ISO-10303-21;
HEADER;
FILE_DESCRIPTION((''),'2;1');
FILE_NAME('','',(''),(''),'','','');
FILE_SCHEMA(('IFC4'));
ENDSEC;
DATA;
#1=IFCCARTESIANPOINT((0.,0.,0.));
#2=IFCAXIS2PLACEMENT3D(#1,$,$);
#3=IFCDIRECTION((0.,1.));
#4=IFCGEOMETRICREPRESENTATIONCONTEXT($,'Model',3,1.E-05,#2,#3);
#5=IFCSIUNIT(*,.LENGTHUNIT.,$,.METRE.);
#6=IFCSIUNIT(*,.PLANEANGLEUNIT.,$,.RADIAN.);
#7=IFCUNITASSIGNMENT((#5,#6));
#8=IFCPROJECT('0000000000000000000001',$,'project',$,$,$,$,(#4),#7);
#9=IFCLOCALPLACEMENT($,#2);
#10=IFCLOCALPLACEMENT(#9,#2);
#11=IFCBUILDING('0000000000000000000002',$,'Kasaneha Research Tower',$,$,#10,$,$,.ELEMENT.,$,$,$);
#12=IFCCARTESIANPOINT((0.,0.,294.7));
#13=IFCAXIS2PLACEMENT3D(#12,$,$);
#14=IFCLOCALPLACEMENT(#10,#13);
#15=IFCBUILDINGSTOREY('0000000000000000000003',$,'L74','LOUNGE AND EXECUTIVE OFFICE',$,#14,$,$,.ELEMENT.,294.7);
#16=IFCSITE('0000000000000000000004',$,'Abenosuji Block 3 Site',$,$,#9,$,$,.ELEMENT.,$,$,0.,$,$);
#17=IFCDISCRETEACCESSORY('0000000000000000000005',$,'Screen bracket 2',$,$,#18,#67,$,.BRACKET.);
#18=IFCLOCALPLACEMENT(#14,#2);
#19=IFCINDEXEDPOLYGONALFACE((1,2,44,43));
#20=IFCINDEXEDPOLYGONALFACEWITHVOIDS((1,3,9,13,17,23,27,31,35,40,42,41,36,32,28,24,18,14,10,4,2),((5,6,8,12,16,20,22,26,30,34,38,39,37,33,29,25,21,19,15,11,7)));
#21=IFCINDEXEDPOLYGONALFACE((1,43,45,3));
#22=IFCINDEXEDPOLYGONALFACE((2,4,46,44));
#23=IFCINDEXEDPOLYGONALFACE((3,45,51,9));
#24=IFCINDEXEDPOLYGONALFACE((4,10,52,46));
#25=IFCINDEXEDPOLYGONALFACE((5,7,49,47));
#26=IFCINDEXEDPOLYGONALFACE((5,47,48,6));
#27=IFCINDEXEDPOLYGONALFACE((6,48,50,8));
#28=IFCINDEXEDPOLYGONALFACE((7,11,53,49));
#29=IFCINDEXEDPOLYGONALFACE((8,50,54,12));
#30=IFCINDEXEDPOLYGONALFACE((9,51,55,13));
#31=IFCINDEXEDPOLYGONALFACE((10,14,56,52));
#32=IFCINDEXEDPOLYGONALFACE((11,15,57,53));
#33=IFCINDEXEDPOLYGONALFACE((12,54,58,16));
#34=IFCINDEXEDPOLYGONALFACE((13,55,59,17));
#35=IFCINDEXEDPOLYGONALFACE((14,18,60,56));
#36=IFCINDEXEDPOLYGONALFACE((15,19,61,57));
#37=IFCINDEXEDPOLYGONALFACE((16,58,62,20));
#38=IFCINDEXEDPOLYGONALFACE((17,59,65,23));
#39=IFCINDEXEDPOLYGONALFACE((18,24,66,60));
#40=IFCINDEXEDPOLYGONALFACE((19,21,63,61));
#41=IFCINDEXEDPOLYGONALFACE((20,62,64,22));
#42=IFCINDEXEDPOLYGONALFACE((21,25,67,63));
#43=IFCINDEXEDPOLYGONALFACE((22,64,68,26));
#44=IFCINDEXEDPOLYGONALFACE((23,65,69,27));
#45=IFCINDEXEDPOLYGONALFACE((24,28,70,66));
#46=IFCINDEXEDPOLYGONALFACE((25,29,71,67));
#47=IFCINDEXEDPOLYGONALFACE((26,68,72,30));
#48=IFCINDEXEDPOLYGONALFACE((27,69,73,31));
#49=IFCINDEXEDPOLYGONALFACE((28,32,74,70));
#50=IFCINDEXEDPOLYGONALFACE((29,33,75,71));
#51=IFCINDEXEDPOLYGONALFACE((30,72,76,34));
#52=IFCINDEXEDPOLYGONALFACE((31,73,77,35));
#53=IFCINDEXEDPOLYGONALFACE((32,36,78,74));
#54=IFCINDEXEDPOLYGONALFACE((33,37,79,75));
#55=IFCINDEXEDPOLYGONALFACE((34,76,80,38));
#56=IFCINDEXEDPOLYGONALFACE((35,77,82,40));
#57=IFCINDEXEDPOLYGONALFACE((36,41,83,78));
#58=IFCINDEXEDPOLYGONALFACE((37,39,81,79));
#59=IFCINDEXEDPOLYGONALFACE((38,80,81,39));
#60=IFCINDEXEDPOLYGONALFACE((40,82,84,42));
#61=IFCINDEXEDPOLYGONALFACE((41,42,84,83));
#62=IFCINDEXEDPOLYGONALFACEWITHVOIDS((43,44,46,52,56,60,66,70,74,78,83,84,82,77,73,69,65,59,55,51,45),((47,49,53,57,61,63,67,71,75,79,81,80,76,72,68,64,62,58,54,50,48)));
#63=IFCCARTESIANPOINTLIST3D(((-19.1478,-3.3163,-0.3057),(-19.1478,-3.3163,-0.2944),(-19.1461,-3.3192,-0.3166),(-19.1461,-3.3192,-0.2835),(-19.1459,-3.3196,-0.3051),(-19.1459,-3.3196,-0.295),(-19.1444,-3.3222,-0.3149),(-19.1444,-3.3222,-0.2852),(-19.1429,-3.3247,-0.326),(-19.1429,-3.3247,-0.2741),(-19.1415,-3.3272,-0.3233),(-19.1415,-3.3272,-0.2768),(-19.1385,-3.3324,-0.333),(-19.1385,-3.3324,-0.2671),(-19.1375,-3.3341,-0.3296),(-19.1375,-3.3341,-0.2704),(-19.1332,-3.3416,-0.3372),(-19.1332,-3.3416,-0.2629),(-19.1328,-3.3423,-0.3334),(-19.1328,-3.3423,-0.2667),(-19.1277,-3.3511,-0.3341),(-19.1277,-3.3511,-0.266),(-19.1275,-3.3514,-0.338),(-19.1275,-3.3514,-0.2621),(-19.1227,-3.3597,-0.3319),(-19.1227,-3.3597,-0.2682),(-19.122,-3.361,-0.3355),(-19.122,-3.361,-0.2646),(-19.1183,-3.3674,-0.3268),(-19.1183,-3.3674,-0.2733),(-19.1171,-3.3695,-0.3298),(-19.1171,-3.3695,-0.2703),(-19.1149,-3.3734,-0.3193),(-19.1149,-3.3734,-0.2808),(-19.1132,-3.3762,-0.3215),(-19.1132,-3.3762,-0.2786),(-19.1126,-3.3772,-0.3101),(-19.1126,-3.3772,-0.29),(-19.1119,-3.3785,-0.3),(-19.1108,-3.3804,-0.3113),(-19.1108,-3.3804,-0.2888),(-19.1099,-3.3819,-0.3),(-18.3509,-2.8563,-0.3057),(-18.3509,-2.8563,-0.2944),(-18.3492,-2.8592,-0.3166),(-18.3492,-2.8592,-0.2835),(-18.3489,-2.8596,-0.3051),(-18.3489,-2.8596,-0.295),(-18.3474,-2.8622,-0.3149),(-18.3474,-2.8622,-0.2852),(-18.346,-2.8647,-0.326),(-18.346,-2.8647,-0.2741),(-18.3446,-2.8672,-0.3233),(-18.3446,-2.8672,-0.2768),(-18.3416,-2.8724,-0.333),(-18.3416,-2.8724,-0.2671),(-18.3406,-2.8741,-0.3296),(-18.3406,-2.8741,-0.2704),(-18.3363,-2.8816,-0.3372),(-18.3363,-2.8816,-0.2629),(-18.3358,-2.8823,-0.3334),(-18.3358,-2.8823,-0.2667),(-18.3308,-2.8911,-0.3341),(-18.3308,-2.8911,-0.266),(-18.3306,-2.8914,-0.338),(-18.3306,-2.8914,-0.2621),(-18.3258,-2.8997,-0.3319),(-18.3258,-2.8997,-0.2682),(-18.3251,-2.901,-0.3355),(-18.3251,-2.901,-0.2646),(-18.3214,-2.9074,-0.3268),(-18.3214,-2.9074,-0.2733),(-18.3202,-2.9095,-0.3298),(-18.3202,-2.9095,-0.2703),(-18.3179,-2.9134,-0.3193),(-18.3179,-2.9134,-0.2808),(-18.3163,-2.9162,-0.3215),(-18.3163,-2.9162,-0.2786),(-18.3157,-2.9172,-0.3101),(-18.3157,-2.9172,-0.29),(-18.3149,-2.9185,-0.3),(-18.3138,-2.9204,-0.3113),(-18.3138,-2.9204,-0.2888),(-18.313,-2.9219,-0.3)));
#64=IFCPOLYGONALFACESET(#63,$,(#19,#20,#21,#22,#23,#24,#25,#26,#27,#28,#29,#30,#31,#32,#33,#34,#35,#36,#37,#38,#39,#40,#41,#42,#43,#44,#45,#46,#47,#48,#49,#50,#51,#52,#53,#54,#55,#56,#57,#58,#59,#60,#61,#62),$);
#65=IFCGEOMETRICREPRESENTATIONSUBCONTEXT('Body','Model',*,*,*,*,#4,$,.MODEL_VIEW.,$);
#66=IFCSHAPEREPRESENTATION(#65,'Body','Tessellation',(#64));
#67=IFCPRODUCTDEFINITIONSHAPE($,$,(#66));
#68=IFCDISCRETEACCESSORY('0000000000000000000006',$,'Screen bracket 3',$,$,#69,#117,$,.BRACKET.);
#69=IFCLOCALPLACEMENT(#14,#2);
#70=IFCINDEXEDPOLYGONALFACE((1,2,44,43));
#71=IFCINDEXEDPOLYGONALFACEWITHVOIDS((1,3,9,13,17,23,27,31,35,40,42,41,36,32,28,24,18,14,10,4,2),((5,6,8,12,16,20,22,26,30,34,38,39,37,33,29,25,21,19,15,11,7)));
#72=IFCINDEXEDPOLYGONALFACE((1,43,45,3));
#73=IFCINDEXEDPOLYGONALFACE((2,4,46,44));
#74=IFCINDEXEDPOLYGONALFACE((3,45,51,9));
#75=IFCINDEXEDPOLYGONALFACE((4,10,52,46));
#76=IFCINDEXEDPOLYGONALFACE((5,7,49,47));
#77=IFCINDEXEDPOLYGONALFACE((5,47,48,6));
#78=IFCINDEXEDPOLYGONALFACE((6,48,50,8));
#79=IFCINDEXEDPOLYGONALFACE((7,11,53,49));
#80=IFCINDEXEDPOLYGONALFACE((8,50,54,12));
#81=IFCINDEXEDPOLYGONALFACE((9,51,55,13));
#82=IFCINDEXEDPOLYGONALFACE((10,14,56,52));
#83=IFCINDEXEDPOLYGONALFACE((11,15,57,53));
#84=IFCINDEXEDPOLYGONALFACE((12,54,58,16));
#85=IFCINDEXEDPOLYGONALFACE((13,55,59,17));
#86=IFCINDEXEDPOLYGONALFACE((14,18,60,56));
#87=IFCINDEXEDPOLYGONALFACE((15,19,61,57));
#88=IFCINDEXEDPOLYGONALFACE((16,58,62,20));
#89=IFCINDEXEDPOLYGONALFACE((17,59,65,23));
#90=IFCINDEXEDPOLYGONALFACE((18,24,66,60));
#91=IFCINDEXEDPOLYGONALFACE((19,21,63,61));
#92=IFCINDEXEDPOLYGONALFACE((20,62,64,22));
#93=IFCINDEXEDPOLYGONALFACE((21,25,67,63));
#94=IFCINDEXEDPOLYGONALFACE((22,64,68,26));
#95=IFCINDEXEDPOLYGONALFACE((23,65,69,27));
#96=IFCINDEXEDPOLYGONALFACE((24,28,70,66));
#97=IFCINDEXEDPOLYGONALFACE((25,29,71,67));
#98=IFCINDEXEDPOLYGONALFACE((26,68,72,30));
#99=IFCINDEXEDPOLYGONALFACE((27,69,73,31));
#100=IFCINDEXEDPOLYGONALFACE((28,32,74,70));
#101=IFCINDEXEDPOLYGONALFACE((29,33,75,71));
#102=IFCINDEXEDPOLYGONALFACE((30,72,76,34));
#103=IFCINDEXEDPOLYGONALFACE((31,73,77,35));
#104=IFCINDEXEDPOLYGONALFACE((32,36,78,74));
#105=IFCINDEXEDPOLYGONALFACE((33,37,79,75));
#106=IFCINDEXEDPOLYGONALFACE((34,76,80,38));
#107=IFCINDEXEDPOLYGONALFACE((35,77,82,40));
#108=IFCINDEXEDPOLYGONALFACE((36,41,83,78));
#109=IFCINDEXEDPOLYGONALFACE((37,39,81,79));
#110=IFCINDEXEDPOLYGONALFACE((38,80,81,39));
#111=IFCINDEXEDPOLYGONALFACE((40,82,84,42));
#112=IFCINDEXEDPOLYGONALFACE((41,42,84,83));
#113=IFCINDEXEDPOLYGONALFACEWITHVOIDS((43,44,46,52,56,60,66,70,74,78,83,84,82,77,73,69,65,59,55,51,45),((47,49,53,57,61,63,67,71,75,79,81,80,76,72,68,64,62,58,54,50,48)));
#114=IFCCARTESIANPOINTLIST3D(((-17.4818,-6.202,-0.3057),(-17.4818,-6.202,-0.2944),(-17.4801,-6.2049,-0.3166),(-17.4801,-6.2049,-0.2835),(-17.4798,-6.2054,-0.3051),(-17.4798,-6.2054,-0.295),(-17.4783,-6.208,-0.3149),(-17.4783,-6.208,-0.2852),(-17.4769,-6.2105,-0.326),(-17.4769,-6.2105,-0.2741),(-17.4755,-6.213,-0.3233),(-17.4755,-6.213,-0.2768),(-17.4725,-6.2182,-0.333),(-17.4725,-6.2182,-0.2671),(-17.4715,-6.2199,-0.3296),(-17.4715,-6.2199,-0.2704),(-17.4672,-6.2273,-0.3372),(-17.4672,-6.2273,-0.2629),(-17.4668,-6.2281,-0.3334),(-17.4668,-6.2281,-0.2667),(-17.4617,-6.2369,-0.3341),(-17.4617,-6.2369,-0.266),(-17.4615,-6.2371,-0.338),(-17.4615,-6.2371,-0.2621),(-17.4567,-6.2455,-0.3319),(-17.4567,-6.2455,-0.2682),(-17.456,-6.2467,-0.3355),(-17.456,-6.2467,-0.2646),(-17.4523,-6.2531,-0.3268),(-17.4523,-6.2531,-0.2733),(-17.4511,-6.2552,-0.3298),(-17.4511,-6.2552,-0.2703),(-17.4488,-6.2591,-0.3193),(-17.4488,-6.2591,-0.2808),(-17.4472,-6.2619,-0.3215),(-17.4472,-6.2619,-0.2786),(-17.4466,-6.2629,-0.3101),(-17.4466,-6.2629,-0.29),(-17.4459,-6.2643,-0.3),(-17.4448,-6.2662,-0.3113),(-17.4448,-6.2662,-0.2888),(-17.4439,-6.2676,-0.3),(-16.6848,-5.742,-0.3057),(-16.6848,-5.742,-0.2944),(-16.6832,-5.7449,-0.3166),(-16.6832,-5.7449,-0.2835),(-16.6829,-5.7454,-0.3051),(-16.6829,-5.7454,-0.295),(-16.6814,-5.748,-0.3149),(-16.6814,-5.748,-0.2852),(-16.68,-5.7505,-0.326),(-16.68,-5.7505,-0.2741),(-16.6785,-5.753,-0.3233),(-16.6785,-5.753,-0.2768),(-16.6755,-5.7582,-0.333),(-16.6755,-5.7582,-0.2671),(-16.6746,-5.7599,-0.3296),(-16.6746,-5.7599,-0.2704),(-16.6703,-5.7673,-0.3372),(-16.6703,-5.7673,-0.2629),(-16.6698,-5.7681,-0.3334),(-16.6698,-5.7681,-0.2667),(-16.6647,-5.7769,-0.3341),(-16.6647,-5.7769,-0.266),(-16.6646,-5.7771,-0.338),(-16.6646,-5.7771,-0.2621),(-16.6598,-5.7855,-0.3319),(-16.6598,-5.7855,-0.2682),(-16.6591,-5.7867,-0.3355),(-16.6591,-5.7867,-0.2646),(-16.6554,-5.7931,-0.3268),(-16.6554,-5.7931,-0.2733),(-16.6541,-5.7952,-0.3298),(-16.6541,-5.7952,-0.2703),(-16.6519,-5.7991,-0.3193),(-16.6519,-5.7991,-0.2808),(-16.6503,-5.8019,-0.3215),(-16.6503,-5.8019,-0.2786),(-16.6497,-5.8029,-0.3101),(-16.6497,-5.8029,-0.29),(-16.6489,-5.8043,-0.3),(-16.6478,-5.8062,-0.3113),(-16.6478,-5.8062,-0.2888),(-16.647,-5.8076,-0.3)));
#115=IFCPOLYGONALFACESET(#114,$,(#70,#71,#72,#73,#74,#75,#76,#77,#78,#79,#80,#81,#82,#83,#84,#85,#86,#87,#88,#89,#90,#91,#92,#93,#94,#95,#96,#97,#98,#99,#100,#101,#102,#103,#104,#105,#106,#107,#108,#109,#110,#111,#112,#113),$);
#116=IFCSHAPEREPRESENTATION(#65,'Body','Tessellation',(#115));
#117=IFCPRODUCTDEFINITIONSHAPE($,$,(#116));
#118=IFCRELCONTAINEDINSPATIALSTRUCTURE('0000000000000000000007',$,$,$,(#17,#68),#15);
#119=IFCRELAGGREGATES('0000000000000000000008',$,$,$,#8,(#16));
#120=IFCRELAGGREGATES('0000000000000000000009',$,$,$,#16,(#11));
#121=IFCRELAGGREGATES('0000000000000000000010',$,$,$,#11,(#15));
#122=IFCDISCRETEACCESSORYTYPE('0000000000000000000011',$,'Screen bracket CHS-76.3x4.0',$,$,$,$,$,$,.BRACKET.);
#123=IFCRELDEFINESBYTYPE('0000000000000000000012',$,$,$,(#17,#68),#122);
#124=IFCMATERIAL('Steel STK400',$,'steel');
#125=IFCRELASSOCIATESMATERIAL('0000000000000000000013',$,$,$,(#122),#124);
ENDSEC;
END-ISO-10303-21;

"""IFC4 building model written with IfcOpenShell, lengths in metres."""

from ifc_helpers import new_model, si_unit, direction, frame, origin, origin_2d, place, context, subcontext, project, spatial, hollow_circle, extrude, material, material_profile, profile_set, type_object, element, save


model = new_model("IFC4")

# Units and contexts
model_context = context("Model", 3, precision=1e-05, world=origin(), true_north=direction((0.0, 1.0)))
body_context = subcontext(model_context, "Body", "Model", "MODEL_VIEW")
ifc_project = project(units=[si_unit("LENGTHUNIT", "METRE"), si_unit("PLANEANGLEUNIT", "RADIAN")], contexts=[model_context])

# Site, building, storey
site_placement = place(None, origin())
site = spatial("IfcSite", under=ifc_project, at=site_placement, Name="Abenosuji Block 3 Site", CompositionType="ELEMENT", RefElevation=0.0)
building_placement = place(site_placement, origin())
building = spatial("IfcBuilding", under=site, at=building_placement, Name="Kasaneha Research Tower", CompositionType="ELEMENT")
storey_placement = place(building_placement, frame((0.0, 0.0, 294.7)))
storey = spatial("IfcBuildingStorey", under=building, at=storey_placement, Name="L74", Description="LOUNGE AND EXECUTIVE OFFICE", CompositionType="ELEMENT", Elevation=294.7)

# Discrete accessories
ifc_material_1 = material(Name="Steel STK400", Category="steel")
ifc_material_profile_1 = material_profile(ifc_material_1, hollow_circle(Radius=0.0381, WallThickness=0.0039, at=origin_2d()), Name="CHS-76.3x4.0")
ifc_profile_set_1 = profile_set([ifc_material_profile_1], Name="Steel STK400")
discrete_accessory_type = type_object("IfcDiscreteAccessoryType", Name="Screen bracket CHS-76.3x4.0", PredefinedType="BRACKET", material=ifc_profile_set_1)
for number, where, z_axis, x_axis, name in (
    (1, (-18.332, -2.8889, -0.3), (-0.86608, -0.499906, 0.0), (0.499906, -0.86608, 0.0), "Screen bracket 2"),
    (2, (-16.666, -5.7747, -0.3), (-0.86608, -0.499906, 0.0), (0.499906, -0.86608, 0.0), "Screen bracket 3"),
):
    element("IfcDiscreteAccessory", number, at=place(storey_placement, frame(where, z_axis=z_axis, x_axis=x_axis)), inside=storey, type_object=discrete_accessory_type, Name=name, PredefinedType="BRACKET", context=body_context, shape_type="SweptSolid", body=[
        extrude(hollow_circle(Radius=0.0381, WallThickness=0.0039, at=origin_2d()), origin(), (0.0, 0.0, 1.0), 0.9202),
    ])

save(model, "model.ifc")
